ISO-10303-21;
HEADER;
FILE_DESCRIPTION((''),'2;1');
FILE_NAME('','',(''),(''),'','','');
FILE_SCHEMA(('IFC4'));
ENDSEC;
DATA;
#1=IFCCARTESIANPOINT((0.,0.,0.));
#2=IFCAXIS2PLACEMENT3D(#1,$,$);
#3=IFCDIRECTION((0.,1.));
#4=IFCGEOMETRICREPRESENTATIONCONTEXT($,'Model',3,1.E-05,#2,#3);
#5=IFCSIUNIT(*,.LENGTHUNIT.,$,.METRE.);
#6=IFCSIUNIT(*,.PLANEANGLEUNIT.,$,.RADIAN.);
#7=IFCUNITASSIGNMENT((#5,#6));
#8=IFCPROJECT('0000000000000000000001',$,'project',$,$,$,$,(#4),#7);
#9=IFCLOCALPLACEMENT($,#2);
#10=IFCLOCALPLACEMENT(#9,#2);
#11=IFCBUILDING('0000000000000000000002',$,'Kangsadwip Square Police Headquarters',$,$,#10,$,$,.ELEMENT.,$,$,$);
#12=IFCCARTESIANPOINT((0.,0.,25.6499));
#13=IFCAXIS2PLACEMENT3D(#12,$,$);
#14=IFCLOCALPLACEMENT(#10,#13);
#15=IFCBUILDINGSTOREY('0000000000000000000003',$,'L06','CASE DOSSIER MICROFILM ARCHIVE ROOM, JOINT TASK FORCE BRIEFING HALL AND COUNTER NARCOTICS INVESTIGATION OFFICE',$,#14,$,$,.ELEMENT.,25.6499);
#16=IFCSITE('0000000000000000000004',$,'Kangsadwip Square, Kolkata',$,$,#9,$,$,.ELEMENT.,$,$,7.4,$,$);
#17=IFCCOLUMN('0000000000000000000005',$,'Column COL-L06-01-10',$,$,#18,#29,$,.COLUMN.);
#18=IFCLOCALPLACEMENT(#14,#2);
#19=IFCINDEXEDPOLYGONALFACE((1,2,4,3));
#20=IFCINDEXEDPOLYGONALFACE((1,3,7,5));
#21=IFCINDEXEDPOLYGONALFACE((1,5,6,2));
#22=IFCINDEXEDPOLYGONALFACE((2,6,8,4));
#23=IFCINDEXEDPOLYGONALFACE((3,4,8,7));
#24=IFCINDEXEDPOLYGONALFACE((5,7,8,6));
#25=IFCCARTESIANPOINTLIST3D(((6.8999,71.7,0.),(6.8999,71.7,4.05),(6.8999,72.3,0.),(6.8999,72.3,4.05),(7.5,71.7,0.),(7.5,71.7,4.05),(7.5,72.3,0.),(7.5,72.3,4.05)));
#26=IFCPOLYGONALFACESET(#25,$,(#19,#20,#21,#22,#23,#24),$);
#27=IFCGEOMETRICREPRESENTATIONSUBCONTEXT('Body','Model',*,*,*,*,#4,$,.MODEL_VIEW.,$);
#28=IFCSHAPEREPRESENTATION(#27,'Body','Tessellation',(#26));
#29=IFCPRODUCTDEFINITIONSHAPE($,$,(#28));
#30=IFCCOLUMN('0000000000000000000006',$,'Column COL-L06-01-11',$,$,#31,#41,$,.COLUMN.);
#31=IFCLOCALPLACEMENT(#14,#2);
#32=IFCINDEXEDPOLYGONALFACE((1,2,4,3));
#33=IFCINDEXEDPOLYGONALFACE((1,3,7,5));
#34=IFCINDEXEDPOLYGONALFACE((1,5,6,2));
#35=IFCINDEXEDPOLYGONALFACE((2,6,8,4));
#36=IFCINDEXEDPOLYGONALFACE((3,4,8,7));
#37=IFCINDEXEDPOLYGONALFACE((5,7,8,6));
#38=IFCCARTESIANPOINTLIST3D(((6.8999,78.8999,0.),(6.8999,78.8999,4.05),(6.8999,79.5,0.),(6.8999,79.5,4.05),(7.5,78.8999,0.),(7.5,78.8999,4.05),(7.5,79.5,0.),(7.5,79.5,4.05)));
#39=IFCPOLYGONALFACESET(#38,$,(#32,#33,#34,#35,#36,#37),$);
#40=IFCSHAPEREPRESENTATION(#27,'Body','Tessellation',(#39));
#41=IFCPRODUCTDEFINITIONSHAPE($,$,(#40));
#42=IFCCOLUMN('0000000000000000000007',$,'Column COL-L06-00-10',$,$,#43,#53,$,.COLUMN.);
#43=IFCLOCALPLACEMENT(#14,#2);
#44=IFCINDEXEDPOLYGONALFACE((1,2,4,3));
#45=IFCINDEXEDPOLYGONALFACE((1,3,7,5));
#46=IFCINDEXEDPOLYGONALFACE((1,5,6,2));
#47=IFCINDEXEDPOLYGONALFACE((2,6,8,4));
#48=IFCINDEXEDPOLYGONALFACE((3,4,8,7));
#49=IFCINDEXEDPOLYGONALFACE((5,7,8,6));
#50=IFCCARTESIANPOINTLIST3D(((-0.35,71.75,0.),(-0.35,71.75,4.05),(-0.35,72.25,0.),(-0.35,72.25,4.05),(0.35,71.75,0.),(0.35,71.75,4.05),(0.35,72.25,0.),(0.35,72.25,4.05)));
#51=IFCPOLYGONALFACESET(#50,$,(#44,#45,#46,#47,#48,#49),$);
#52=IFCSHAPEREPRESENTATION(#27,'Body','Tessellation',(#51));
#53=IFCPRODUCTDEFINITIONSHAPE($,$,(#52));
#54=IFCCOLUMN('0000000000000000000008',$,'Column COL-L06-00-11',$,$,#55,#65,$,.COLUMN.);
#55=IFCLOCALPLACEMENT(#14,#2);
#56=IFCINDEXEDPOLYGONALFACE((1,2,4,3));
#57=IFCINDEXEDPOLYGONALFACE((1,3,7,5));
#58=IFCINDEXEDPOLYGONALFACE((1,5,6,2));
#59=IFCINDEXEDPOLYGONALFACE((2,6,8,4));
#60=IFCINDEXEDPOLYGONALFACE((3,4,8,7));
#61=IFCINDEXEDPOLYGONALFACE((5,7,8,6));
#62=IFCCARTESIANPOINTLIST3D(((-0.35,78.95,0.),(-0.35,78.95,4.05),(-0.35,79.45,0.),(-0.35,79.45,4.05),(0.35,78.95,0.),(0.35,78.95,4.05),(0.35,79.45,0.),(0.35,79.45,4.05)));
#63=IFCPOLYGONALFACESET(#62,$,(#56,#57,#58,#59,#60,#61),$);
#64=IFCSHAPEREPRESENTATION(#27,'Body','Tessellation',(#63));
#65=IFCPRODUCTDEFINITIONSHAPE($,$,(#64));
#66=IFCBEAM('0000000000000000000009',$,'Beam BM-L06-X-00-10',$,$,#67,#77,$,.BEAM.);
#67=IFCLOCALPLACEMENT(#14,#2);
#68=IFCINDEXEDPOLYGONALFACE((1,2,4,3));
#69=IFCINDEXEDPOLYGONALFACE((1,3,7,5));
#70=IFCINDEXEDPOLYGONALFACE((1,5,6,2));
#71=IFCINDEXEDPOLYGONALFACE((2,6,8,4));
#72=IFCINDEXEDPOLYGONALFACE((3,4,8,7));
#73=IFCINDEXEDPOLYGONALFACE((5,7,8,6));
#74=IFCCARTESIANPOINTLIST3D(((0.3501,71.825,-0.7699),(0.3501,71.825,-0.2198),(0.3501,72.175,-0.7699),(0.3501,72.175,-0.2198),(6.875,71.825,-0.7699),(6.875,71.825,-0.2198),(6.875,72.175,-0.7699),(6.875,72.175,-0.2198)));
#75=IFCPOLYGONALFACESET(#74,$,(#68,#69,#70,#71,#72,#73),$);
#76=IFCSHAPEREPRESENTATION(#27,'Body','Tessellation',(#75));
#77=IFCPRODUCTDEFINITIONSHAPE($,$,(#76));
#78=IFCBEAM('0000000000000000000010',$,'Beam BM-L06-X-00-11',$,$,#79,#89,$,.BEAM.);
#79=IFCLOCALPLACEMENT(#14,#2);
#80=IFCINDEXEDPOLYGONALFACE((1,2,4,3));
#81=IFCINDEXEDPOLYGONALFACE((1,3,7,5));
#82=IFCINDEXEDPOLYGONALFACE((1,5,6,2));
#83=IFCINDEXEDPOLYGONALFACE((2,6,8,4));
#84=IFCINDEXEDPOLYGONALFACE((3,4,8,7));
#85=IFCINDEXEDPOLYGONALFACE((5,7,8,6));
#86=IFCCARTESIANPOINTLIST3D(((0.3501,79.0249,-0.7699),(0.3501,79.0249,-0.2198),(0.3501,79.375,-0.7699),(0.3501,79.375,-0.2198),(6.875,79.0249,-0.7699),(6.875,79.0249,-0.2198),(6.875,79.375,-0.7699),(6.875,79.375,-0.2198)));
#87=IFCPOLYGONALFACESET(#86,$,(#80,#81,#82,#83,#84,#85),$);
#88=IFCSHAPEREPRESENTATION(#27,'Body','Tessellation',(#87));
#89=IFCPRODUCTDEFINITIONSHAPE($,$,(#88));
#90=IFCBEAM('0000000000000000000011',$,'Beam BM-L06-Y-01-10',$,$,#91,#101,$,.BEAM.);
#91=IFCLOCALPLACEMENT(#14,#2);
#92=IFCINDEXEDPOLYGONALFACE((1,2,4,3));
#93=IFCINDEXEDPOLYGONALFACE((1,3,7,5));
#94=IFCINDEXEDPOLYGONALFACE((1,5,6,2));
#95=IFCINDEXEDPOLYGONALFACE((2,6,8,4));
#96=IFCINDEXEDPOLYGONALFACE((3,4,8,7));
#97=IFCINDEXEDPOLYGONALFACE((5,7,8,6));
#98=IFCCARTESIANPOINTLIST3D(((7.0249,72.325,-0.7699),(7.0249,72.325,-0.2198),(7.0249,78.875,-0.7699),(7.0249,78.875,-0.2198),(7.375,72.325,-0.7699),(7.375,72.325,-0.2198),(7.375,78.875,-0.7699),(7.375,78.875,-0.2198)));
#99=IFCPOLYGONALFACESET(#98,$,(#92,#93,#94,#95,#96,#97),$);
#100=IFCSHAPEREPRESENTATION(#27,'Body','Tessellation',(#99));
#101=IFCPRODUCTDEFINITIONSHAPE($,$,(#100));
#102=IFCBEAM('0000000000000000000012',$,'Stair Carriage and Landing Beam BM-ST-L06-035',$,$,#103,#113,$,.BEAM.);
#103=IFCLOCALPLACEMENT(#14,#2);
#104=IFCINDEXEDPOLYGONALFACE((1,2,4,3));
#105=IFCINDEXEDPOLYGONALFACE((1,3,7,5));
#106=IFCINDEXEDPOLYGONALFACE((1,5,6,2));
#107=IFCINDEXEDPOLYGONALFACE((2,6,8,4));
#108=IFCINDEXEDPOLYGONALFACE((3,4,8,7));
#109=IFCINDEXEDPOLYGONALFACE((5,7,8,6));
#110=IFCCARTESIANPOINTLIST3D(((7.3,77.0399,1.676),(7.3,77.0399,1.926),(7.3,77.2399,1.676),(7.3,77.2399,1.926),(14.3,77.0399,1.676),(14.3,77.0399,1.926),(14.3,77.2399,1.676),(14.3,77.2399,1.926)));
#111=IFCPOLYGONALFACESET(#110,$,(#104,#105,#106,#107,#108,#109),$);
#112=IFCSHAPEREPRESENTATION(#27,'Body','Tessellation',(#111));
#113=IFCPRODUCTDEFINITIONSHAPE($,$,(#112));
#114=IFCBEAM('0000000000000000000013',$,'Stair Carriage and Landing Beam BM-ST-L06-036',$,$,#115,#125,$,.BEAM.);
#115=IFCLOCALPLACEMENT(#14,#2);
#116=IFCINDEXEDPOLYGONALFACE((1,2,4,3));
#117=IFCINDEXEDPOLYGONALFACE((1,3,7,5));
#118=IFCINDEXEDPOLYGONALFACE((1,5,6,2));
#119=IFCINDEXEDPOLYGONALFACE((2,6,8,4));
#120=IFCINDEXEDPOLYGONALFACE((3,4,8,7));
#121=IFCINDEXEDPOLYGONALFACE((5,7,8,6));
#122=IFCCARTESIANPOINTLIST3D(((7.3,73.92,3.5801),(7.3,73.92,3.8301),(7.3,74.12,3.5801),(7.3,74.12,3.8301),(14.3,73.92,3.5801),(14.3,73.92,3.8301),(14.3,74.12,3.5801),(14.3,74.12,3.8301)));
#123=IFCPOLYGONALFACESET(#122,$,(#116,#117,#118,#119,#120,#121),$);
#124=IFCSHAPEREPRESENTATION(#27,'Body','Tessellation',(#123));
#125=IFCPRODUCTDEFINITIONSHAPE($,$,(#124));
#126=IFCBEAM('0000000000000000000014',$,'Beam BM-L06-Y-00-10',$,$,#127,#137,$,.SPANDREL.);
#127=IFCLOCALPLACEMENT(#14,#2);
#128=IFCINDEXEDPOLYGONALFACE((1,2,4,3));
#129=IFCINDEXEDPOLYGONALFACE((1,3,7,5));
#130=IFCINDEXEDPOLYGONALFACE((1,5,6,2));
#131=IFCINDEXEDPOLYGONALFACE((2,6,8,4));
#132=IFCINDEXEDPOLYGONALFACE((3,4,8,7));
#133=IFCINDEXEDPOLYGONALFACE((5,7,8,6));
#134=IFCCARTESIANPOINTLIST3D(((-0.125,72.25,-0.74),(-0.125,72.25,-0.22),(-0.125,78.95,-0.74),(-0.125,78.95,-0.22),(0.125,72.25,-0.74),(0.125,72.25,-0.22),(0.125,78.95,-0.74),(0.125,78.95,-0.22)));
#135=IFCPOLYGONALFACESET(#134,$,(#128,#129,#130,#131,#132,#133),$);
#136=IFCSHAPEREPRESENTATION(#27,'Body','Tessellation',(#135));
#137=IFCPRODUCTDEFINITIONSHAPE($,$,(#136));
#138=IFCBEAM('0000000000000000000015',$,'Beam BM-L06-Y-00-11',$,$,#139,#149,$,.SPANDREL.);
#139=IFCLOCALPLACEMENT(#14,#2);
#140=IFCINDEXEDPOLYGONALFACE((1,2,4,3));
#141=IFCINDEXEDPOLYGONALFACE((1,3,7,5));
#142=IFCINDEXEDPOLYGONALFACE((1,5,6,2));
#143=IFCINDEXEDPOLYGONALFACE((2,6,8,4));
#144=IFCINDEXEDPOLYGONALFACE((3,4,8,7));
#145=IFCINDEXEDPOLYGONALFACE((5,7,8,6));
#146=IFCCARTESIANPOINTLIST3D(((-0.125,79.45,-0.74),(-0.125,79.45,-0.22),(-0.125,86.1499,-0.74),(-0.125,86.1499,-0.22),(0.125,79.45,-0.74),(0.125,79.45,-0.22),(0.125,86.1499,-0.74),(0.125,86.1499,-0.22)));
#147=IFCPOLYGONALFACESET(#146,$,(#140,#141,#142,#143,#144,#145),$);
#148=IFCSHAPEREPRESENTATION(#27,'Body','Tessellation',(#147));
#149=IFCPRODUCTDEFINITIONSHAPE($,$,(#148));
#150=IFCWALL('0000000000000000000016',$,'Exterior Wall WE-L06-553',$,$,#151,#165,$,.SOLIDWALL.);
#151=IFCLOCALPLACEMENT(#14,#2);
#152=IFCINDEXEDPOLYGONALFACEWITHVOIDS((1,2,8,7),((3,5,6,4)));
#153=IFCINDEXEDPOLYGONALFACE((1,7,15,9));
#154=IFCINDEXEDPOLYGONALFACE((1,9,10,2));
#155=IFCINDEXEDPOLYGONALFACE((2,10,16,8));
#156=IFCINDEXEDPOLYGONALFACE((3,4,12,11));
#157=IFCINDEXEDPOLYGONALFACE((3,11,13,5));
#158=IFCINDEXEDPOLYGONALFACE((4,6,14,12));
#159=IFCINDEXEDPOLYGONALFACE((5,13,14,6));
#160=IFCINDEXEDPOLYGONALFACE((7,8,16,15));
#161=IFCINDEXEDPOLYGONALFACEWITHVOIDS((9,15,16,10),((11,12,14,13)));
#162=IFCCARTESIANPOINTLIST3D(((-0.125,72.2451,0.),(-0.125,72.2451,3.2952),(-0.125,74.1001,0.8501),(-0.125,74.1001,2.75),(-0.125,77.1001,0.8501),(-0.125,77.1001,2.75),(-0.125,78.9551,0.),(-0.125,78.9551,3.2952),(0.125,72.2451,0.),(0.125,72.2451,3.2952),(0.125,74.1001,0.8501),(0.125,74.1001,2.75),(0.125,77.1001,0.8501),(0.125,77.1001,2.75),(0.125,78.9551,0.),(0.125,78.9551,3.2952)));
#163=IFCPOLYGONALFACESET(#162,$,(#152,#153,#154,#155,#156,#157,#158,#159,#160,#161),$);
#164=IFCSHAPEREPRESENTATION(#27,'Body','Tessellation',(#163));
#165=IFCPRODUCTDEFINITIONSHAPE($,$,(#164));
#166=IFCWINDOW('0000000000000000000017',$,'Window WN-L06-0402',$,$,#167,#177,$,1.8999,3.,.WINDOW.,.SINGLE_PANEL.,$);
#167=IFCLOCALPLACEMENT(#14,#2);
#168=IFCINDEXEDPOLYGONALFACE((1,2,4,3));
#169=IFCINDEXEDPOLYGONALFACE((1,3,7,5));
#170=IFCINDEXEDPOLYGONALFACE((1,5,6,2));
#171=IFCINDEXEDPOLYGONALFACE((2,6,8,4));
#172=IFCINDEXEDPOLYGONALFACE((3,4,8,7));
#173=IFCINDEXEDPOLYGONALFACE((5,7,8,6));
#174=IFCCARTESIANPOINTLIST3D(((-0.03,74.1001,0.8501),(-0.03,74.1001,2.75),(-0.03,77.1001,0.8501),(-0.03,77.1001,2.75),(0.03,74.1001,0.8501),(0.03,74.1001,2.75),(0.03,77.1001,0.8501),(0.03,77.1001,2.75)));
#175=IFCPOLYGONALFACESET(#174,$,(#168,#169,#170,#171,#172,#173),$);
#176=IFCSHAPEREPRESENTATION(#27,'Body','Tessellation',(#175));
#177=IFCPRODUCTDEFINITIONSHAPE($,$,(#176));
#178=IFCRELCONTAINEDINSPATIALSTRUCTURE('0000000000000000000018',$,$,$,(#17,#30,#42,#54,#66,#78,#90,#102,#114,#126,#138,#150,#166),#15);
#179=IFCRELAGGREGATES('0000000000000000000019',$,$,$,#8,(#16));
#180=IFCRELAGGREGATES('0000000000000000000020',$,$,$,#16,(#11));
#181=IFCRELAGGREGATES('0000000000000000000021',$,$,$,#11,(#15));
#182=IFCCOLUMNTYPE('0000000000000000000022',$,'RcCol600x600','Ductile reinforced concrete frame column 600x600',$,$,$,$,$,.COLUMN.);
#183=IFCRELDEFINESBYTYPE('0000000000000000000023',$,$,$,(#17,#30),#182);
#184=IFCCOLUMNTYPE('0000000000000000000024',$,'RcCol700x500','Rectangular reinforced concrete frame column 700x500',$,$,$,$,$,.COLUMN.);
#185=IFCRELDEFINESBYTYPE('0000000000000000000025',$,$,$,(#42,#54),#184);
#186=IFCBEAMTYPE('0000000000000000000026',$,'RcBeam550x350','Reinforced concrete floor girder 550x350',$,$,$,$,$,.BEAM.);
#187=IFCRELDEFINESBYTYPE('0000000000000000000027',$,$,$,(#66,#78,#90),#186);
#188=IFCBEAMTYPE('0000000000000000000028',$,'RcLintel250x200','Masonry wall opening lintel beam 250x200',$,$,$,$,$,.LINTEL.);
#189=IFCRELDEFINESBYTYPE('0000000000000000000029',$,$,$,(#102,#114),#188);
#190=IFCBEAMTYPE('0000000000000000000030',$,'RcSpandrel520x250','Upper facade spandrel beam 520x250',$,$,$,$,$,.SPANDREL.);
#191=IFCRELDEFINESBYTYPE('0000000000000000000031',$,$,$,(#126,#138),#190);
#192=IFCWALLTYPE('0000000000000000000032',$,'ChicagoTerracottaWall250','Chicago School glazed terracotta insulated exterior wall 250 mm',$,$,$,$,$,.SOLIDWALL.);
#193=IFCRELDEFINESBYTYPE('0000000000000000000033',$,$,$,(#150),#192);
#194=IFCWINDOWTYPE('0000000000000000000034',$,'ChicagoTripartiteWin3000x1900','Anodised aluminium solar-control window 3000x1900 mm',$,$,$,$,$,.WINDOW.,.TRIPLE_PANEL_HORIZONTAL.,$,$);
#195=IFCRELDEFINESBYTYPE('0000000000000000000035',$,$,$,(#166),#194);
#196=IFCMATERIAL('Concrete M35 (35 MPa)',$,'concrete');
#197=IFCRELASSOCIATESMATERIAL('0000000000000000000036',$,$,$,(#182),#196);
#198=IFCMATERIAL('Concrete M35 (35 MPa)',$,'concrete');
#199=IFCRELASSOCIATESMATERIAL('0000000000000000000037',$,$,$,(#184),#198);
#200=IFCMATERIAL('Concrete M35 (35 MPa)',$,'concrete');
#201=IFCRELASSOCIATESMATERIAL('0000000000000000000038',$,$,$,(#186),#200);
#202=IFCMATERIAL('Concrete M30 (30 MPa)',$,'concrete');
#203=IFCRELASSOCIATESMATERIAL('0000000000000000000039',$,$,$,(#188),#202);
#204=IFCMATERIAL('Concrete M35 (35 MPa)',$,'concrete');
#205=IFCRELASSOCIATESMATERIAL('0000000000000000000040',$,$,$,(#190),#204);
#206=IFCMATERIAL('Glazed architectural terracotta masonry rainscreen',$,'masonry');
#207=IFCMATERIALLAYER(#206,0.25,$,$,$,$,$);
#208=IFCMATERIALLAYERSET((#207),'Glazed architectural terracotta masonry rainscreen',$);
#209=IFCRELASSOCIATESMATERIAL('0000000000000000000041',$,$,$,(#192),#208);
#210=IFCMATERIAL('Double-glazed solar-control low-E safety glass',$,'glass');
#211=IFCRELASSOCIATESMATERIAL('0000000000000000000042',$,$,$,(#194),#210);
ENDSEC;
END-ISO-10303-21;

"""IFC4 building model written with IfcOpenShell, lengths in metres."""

from ifc_helpers import new_model, si_unit, direction, frame, frame_2d, origin, origin_2d, place, context, subcontext, project, spatial, rectangle, extrude, material, layer, layer_set, material_profile, profile_set, type_object, element, fill, save


model = new_model("IFC4")

# Units and contexts
model_context = context("Model", 3, precision=1e-05, world=origin(), true_north=direction((0.0, 1.0)))
body_context = subcontext(model_context, "Body", "Model", "MODEL_VIEW")
ifc_project = project(units=[si_unit("LENGTHUNIT", "METRE"), si_unit("PLANEANGLEUNIT", "RADIAN")], contexts=[model_context])

# Site, building, storey
site_placement = place(None, origin())
site = spatial("IfcSite", under=ifc_project, at=site_placement, Name="Kangsadwip Square, Kolkata", CompositionType="ELEMENT", RefElevation=7.4)
building_placement = place(site_placement, origin())
building = spatial("IfcBuilding", under=site, at=building_placement, Name="Kangsadwip Square Police Headquarters", CompositionType="ELEMENT")
storey_placement = place(building_placement, frame((0.0, 0.0, 25.6499)))
storey = spatial("IfcBuildingStorey", under=building, at=storey_placement, Name="L06", Description="CASE DOSSIER MICROFILM ARCHIVE ROOM, JOINT TASK FORCE BRIEFING HALL AND COUNTER NARCOTICS INVESTIGATION OFFICE", CompositionType="ELEMENT", Elevation=25.6499)

# Columns
ifc_material_1 = material(Name="Concrete M35 (35 MPa)", Category="concrete")
ifc_material_profile_1 = material_profile(ifc_material_1, rectangle(XDim=0.6001, YDim=0.6001, at=origin_2d()), Name="RC COL 600X600")
ifc_profile_set_1 = profile_set([ifc_material_profile_1], Name="Concrete M35 (35 MPa)")
column_type_1 = type_object("IfcColumnType", Name="RcCol600x600", Description="Ductile reinforced concrete frame column 600x600", PredefinedType="COLUMN", material=ifc_profile_set_1)
for number, where, z_axis, x_axis, name in (
    (1, (7.2, 72.0, 0.0), (0.0, 0.0, 1.0), (1.0, 0.0, 0.0), "Column COL-L06-01-10"),
    (2, (7.2, 79.2, 0.0), (0.0, 0.0, 1.0), (1.0, 0.0, 0.0), "Column COL-L06-01-11"),
):
    element("IfcColumn", number, at=place(storey_placement, frame(where, z_axis=z_axis, x_axis=x_axis)), inside=storey, type_object=column_type_1, Name=name, PredefinedType="COLUMN", context=body_context, shape_type="SweptSolid", body=[
        extrude(rectangle(XDim=0.6001, YDim=0.6001, at=origin_2d()), origin(), (0.0, 0.0, 1.0), 4.05),
    ])
ifc_material_2 = material(Name="Concrete M35 (35 MPa)", Category="concrete")
ifc_material_profile_2 = material_profile(ifc_material_2, rectangle(XDim=0.5, YDim=0.7, at=origin_2d()), Name="RC COL 700X500")
ifc_profile_set_2 = profile_set([ifc_material_profile_2], Name="Concrete M35 (35 MPa)")
column_type_2 = type_object("IfcColumnType", Name="RcCol700x500", Description="Rectangular reinforced concrete frame column 700x500", PredefinedType="COLUMN", material=ifc_profile_set_2)
for number, where, z_axis, x_axis, name in (
    (3, (0.0, 72.0, 0.0), (0.0, 0.0, 1.0), (0.0, 1.0, 0.0), "Column COL-L06-00-10"),
    (4, (0.0, 79.2, 0.0), (0.0, 0.0, 1.0), (0.0, 1.0, 0.0), "Column COL-L06-00-11"),
):
    element("IfcColumn", number, at=place(storey_placement, frame(where, z_axis=z_axis, x_axis=x_axis)), inside=storey, type_object=column_type_2, Name=name, PredefinedType="COLUMN", context=body_context, shape_type="SweptSolid", body=[
        extrude(rectangle(XDim=0.5, YDim=0.7, at=origin_2d()), origin(), (0.0, 0.0, 1.0), 4.05),
    ])

# Beams
ifc_material_3 = material(Name="Concrete M35 (35 MPa)", Category="concrete")
ifc_material_profile_3 = material_profile(ifc_material_3, rectangle(XDim=0.3501, YDim=0.55, at=origin_2d()), Name="RC BM 550X350")
ifc_profile_set_3 = profile_set([ifc_material_profile_3], Name="Concrete M35 (35 MPa)")
beam_type_1 = type_object("IfcBeamType", Name="RcBeam550x350", Description="Reinforced concrete floor girder 550x350", PredefinedType="BEAM", material=ifc_profile_set_3)
for number, where, z_axis, x_axis, name in (
    (5, (0.3501, 72.0, -0.4949), (1.0, 0.0, 0.0), (0.0, 1.0, 0.0), "Beam BM-L06-X-00-10"),
    (6, (0.3501, 79.2, -0.4949), (1.0, 0.0, 0.0), (0.0, 1.0, 0.0), "Beam BM-L06-X-00-11"),
):
    element("IfcBeam", number, at=place(storey_placement, frame(where, z_axis=z_axis, x_axis=x_axis)), inside=storey, type_object=beam_type_1, Name=name, PredefinedType="BEAM", context=body_context, shape_type="SweptSolid", body=[
        extrude(rectangle(XDim=0.3501, YDim=0.55, at=origin_2d()), origin(), (0.0, 0.0, 1.0), 6.5249),
    ])
beam_placement = place(storey_placement, frame((7.2, 72.325, -0.4949), z_axis=(0.0, 1.0, 0.0), x_axis=(-1.0, 0.0, 0.0)))
element("IfcBeam", 7, at=beam_placement, inside=storey, type_object=beam_type_1, Name="Beam BM-L06-Y-01-10", PredefinedType="BEAM", context=body_context, shape_type="SweptSolid", body=[
    extrude(rectangle(XDim=0.3501, YDim=0.55, at=origin_2d()), origin(), (0.0, 0.0, 1.0), 6.55),
])
ifc_material_4 = material(Name="Concrete M30 (30 MPa)", Category="concrete")
ifc_material_profile_4 = material_profile(ifc_material_4, rectangle(XDim=0.2, YDim=0.25, at=origin_2d()), Name="RC LNT 250X200")
ifc_profile_set_4 = profile_set([ifc_material_profile_4], Name="Concrete M30 (30 MPa)")
beam_type_2 = type_object("IfcBeamType", Name="RcLintel250x200", Description="Masonry wall opening lintel beam 250x200", PredefinedType="LINTEL", material=ifc_profile_set_4)
for number, where, z_axis, x_axis, name in (
    (8, (7.3, 77.1399, 1.801), (1.0, 0.0, 0.0), (0.0, 1.0, 0.0), "Stair Carriage and Landing Beam BM-ST-L06-035"),
    (9, (7.3, 74.02, 3.7051), (1.0, 0.0, 0.0), (0.0, 1.0, 0.0), "Stair Carriage and Landing Beam BM-ST-L06-036"),
):
    element("IfcBeam", number, at=place(storey_placement, frame(where, z_axis=z_axis, x_axis=x_axis)), inside=storey, type_object=beam_type_2, Name=name, PredefinedType="BEAM", context=body_context, shape_type="SweptSolid", body=[
        extrude(rectangle(XDim=0.2, YDim=0.25, at=origin_2d()), origin(), (0.0, 0.0, 1.0), 7.0),
    ])
ifc_material_5 = material(Name="Concrete M35 (35 MPa)", Category="concrete")
ifc_material_profile_5 = material_profile(ifc_material_5, rectangle(XDim=0.25, YDim=0.52, at=origin_2d()), Name="RC SPN 520X250")
ifc_profile_set_5 = profile_set([ifc_material_profile_5], Name="Concrete M35 (35 MPa)")
beam_type_3 = type_object("IfcBeamType", Name="RcSpandrel520x250", Description="Upper facade spandrel beam 520x250", PredefinedType="SPANDREL", material=ifc_profile_set_5)
for number, where, z_axis, x_axis, name in (
    (10, (0.0, 72.25, -0.48), (0.0, 1.0, 0.0), (-1.0, 0.0, 0.0), "Beam BM-L06-Y-00-10"),
    (11, (0.0, 79.45, -0.48), (0.0, 1.0, 0.0), (-1.0, 0.0, 0.0), "Beam BM-L06-Y-00-11"),
):
    element("IfcBeam", number, at=place(storey_placement, frame(where, z_axis=z_axis, x_axis=x_axis)), inside=storey, type_object=beam_type_3, Name=name, PredefinedType="SPANDREL", context=body_context, shape_type="SweptSolid", body=[
        extrude(rectangle(XDim=0.25, YDim=0.52, at=origin_2d()), origin(), (0.0, 0.0, 1.0), 6.7),
    ])

# Wall, opening, window
ifc_material_6 = material(Name="Glazed architectural terracotta masonry rainscreen", Category="masonry")
ifc_layer_1 = layer(ifc_material_6, 0.25)
ifc_layer_set_1 = layer_set([ifc_layer_1], Name="Glazed architectural terracotta masonry rainscreen")
wall_type_1 = type_object("IfcWallType", Name="ChicagoTerracottaWall250", Description="Chicago School glazed terracotta insulated exterior wall 250 mm", PredefinedType="SOLIDWALL", material=ifc_layer_set_1)
wall_1_placement = place(storey_placement, frame((0.0, 72.2451, 0.0), z_axis=(0.0, 0.0, 1.0), x_axis=(0.0, 1.0, 0.0)))
wall_1 = element("IfcWall", 12, at=wall_1_placement, inside=storey, type_object=wall_type_1, Name="Exterior Wall WE-L06-553", PredefinedType="SOLIDWALL", context=body_context, shape_type="SweptSolid", body=[
    extrude(rectangle(XDim=6.71, YDim=0.25, at=frame_2d((3.355, 0.0))), origin(), (0.0, 0.0, 1.0), 3.2952),
])
opening_1_placement = place(wall_1_placement, frame((1.855, 0.0, 0.8501)))
opening_1 = element("IfcOpeningElement", 13, at=opening_1_placement, cuts=wall_1, PredefinedType="OPENING", context=body_context, shape_type="SweptSolid", body=[
    extrude(rectangle(XDim=3.0, YDim=1.8999, at=frame_2d((1.5, 0.95))), frame((0.0, 0.135, 0.0), z_axis=(0.0, -1.0, 0.0), x_axis=(1.0, 0.0, 0.0)), (0.0, 0.0, 1.0), 0.27),
])
ifc_material_7 = material(Name="Double-glazed solar-control low-E safety glass", Category="glass")
window_type_1 = type_object("IfcWindowType", Name="ChicagoTripartiteWin3000x1900", Description="Anodised aluminium solar-control window 3000x1900 mm", PartitioningType="TRIPLE_PANEL_HORIZONTAL", PredefinedType="WINDOW", material=ifc_material_7)
window_1_placement = place(opening_1_placement, origin())
window_1 = element("IfcWindow", 14, at=window_1_placement, inside=storey, type_object=window_type_1, Name="Window WN-L06-0402", OverallHeight=1.8999, OverallWidth=3.0, PartitioningType="SINGLE_PANEL", PredefinedType="WINDOW", context=body_context, shape_type="SweptSolid", body=[
    extrude(rectangle(XDim=3.0, YDim=1.8999, at=frame_2d((1.5, 0.95))), frame((0.0, 0.03, 0.0), z_axis=(0.0, -1.0, 0.0), x_axis=(1.0, 0.0, 0.0)), (0.0, 0.0, 1.0), 0.0601),
])
fill(opening_1, window_1)

save(model, "model.ifc")
